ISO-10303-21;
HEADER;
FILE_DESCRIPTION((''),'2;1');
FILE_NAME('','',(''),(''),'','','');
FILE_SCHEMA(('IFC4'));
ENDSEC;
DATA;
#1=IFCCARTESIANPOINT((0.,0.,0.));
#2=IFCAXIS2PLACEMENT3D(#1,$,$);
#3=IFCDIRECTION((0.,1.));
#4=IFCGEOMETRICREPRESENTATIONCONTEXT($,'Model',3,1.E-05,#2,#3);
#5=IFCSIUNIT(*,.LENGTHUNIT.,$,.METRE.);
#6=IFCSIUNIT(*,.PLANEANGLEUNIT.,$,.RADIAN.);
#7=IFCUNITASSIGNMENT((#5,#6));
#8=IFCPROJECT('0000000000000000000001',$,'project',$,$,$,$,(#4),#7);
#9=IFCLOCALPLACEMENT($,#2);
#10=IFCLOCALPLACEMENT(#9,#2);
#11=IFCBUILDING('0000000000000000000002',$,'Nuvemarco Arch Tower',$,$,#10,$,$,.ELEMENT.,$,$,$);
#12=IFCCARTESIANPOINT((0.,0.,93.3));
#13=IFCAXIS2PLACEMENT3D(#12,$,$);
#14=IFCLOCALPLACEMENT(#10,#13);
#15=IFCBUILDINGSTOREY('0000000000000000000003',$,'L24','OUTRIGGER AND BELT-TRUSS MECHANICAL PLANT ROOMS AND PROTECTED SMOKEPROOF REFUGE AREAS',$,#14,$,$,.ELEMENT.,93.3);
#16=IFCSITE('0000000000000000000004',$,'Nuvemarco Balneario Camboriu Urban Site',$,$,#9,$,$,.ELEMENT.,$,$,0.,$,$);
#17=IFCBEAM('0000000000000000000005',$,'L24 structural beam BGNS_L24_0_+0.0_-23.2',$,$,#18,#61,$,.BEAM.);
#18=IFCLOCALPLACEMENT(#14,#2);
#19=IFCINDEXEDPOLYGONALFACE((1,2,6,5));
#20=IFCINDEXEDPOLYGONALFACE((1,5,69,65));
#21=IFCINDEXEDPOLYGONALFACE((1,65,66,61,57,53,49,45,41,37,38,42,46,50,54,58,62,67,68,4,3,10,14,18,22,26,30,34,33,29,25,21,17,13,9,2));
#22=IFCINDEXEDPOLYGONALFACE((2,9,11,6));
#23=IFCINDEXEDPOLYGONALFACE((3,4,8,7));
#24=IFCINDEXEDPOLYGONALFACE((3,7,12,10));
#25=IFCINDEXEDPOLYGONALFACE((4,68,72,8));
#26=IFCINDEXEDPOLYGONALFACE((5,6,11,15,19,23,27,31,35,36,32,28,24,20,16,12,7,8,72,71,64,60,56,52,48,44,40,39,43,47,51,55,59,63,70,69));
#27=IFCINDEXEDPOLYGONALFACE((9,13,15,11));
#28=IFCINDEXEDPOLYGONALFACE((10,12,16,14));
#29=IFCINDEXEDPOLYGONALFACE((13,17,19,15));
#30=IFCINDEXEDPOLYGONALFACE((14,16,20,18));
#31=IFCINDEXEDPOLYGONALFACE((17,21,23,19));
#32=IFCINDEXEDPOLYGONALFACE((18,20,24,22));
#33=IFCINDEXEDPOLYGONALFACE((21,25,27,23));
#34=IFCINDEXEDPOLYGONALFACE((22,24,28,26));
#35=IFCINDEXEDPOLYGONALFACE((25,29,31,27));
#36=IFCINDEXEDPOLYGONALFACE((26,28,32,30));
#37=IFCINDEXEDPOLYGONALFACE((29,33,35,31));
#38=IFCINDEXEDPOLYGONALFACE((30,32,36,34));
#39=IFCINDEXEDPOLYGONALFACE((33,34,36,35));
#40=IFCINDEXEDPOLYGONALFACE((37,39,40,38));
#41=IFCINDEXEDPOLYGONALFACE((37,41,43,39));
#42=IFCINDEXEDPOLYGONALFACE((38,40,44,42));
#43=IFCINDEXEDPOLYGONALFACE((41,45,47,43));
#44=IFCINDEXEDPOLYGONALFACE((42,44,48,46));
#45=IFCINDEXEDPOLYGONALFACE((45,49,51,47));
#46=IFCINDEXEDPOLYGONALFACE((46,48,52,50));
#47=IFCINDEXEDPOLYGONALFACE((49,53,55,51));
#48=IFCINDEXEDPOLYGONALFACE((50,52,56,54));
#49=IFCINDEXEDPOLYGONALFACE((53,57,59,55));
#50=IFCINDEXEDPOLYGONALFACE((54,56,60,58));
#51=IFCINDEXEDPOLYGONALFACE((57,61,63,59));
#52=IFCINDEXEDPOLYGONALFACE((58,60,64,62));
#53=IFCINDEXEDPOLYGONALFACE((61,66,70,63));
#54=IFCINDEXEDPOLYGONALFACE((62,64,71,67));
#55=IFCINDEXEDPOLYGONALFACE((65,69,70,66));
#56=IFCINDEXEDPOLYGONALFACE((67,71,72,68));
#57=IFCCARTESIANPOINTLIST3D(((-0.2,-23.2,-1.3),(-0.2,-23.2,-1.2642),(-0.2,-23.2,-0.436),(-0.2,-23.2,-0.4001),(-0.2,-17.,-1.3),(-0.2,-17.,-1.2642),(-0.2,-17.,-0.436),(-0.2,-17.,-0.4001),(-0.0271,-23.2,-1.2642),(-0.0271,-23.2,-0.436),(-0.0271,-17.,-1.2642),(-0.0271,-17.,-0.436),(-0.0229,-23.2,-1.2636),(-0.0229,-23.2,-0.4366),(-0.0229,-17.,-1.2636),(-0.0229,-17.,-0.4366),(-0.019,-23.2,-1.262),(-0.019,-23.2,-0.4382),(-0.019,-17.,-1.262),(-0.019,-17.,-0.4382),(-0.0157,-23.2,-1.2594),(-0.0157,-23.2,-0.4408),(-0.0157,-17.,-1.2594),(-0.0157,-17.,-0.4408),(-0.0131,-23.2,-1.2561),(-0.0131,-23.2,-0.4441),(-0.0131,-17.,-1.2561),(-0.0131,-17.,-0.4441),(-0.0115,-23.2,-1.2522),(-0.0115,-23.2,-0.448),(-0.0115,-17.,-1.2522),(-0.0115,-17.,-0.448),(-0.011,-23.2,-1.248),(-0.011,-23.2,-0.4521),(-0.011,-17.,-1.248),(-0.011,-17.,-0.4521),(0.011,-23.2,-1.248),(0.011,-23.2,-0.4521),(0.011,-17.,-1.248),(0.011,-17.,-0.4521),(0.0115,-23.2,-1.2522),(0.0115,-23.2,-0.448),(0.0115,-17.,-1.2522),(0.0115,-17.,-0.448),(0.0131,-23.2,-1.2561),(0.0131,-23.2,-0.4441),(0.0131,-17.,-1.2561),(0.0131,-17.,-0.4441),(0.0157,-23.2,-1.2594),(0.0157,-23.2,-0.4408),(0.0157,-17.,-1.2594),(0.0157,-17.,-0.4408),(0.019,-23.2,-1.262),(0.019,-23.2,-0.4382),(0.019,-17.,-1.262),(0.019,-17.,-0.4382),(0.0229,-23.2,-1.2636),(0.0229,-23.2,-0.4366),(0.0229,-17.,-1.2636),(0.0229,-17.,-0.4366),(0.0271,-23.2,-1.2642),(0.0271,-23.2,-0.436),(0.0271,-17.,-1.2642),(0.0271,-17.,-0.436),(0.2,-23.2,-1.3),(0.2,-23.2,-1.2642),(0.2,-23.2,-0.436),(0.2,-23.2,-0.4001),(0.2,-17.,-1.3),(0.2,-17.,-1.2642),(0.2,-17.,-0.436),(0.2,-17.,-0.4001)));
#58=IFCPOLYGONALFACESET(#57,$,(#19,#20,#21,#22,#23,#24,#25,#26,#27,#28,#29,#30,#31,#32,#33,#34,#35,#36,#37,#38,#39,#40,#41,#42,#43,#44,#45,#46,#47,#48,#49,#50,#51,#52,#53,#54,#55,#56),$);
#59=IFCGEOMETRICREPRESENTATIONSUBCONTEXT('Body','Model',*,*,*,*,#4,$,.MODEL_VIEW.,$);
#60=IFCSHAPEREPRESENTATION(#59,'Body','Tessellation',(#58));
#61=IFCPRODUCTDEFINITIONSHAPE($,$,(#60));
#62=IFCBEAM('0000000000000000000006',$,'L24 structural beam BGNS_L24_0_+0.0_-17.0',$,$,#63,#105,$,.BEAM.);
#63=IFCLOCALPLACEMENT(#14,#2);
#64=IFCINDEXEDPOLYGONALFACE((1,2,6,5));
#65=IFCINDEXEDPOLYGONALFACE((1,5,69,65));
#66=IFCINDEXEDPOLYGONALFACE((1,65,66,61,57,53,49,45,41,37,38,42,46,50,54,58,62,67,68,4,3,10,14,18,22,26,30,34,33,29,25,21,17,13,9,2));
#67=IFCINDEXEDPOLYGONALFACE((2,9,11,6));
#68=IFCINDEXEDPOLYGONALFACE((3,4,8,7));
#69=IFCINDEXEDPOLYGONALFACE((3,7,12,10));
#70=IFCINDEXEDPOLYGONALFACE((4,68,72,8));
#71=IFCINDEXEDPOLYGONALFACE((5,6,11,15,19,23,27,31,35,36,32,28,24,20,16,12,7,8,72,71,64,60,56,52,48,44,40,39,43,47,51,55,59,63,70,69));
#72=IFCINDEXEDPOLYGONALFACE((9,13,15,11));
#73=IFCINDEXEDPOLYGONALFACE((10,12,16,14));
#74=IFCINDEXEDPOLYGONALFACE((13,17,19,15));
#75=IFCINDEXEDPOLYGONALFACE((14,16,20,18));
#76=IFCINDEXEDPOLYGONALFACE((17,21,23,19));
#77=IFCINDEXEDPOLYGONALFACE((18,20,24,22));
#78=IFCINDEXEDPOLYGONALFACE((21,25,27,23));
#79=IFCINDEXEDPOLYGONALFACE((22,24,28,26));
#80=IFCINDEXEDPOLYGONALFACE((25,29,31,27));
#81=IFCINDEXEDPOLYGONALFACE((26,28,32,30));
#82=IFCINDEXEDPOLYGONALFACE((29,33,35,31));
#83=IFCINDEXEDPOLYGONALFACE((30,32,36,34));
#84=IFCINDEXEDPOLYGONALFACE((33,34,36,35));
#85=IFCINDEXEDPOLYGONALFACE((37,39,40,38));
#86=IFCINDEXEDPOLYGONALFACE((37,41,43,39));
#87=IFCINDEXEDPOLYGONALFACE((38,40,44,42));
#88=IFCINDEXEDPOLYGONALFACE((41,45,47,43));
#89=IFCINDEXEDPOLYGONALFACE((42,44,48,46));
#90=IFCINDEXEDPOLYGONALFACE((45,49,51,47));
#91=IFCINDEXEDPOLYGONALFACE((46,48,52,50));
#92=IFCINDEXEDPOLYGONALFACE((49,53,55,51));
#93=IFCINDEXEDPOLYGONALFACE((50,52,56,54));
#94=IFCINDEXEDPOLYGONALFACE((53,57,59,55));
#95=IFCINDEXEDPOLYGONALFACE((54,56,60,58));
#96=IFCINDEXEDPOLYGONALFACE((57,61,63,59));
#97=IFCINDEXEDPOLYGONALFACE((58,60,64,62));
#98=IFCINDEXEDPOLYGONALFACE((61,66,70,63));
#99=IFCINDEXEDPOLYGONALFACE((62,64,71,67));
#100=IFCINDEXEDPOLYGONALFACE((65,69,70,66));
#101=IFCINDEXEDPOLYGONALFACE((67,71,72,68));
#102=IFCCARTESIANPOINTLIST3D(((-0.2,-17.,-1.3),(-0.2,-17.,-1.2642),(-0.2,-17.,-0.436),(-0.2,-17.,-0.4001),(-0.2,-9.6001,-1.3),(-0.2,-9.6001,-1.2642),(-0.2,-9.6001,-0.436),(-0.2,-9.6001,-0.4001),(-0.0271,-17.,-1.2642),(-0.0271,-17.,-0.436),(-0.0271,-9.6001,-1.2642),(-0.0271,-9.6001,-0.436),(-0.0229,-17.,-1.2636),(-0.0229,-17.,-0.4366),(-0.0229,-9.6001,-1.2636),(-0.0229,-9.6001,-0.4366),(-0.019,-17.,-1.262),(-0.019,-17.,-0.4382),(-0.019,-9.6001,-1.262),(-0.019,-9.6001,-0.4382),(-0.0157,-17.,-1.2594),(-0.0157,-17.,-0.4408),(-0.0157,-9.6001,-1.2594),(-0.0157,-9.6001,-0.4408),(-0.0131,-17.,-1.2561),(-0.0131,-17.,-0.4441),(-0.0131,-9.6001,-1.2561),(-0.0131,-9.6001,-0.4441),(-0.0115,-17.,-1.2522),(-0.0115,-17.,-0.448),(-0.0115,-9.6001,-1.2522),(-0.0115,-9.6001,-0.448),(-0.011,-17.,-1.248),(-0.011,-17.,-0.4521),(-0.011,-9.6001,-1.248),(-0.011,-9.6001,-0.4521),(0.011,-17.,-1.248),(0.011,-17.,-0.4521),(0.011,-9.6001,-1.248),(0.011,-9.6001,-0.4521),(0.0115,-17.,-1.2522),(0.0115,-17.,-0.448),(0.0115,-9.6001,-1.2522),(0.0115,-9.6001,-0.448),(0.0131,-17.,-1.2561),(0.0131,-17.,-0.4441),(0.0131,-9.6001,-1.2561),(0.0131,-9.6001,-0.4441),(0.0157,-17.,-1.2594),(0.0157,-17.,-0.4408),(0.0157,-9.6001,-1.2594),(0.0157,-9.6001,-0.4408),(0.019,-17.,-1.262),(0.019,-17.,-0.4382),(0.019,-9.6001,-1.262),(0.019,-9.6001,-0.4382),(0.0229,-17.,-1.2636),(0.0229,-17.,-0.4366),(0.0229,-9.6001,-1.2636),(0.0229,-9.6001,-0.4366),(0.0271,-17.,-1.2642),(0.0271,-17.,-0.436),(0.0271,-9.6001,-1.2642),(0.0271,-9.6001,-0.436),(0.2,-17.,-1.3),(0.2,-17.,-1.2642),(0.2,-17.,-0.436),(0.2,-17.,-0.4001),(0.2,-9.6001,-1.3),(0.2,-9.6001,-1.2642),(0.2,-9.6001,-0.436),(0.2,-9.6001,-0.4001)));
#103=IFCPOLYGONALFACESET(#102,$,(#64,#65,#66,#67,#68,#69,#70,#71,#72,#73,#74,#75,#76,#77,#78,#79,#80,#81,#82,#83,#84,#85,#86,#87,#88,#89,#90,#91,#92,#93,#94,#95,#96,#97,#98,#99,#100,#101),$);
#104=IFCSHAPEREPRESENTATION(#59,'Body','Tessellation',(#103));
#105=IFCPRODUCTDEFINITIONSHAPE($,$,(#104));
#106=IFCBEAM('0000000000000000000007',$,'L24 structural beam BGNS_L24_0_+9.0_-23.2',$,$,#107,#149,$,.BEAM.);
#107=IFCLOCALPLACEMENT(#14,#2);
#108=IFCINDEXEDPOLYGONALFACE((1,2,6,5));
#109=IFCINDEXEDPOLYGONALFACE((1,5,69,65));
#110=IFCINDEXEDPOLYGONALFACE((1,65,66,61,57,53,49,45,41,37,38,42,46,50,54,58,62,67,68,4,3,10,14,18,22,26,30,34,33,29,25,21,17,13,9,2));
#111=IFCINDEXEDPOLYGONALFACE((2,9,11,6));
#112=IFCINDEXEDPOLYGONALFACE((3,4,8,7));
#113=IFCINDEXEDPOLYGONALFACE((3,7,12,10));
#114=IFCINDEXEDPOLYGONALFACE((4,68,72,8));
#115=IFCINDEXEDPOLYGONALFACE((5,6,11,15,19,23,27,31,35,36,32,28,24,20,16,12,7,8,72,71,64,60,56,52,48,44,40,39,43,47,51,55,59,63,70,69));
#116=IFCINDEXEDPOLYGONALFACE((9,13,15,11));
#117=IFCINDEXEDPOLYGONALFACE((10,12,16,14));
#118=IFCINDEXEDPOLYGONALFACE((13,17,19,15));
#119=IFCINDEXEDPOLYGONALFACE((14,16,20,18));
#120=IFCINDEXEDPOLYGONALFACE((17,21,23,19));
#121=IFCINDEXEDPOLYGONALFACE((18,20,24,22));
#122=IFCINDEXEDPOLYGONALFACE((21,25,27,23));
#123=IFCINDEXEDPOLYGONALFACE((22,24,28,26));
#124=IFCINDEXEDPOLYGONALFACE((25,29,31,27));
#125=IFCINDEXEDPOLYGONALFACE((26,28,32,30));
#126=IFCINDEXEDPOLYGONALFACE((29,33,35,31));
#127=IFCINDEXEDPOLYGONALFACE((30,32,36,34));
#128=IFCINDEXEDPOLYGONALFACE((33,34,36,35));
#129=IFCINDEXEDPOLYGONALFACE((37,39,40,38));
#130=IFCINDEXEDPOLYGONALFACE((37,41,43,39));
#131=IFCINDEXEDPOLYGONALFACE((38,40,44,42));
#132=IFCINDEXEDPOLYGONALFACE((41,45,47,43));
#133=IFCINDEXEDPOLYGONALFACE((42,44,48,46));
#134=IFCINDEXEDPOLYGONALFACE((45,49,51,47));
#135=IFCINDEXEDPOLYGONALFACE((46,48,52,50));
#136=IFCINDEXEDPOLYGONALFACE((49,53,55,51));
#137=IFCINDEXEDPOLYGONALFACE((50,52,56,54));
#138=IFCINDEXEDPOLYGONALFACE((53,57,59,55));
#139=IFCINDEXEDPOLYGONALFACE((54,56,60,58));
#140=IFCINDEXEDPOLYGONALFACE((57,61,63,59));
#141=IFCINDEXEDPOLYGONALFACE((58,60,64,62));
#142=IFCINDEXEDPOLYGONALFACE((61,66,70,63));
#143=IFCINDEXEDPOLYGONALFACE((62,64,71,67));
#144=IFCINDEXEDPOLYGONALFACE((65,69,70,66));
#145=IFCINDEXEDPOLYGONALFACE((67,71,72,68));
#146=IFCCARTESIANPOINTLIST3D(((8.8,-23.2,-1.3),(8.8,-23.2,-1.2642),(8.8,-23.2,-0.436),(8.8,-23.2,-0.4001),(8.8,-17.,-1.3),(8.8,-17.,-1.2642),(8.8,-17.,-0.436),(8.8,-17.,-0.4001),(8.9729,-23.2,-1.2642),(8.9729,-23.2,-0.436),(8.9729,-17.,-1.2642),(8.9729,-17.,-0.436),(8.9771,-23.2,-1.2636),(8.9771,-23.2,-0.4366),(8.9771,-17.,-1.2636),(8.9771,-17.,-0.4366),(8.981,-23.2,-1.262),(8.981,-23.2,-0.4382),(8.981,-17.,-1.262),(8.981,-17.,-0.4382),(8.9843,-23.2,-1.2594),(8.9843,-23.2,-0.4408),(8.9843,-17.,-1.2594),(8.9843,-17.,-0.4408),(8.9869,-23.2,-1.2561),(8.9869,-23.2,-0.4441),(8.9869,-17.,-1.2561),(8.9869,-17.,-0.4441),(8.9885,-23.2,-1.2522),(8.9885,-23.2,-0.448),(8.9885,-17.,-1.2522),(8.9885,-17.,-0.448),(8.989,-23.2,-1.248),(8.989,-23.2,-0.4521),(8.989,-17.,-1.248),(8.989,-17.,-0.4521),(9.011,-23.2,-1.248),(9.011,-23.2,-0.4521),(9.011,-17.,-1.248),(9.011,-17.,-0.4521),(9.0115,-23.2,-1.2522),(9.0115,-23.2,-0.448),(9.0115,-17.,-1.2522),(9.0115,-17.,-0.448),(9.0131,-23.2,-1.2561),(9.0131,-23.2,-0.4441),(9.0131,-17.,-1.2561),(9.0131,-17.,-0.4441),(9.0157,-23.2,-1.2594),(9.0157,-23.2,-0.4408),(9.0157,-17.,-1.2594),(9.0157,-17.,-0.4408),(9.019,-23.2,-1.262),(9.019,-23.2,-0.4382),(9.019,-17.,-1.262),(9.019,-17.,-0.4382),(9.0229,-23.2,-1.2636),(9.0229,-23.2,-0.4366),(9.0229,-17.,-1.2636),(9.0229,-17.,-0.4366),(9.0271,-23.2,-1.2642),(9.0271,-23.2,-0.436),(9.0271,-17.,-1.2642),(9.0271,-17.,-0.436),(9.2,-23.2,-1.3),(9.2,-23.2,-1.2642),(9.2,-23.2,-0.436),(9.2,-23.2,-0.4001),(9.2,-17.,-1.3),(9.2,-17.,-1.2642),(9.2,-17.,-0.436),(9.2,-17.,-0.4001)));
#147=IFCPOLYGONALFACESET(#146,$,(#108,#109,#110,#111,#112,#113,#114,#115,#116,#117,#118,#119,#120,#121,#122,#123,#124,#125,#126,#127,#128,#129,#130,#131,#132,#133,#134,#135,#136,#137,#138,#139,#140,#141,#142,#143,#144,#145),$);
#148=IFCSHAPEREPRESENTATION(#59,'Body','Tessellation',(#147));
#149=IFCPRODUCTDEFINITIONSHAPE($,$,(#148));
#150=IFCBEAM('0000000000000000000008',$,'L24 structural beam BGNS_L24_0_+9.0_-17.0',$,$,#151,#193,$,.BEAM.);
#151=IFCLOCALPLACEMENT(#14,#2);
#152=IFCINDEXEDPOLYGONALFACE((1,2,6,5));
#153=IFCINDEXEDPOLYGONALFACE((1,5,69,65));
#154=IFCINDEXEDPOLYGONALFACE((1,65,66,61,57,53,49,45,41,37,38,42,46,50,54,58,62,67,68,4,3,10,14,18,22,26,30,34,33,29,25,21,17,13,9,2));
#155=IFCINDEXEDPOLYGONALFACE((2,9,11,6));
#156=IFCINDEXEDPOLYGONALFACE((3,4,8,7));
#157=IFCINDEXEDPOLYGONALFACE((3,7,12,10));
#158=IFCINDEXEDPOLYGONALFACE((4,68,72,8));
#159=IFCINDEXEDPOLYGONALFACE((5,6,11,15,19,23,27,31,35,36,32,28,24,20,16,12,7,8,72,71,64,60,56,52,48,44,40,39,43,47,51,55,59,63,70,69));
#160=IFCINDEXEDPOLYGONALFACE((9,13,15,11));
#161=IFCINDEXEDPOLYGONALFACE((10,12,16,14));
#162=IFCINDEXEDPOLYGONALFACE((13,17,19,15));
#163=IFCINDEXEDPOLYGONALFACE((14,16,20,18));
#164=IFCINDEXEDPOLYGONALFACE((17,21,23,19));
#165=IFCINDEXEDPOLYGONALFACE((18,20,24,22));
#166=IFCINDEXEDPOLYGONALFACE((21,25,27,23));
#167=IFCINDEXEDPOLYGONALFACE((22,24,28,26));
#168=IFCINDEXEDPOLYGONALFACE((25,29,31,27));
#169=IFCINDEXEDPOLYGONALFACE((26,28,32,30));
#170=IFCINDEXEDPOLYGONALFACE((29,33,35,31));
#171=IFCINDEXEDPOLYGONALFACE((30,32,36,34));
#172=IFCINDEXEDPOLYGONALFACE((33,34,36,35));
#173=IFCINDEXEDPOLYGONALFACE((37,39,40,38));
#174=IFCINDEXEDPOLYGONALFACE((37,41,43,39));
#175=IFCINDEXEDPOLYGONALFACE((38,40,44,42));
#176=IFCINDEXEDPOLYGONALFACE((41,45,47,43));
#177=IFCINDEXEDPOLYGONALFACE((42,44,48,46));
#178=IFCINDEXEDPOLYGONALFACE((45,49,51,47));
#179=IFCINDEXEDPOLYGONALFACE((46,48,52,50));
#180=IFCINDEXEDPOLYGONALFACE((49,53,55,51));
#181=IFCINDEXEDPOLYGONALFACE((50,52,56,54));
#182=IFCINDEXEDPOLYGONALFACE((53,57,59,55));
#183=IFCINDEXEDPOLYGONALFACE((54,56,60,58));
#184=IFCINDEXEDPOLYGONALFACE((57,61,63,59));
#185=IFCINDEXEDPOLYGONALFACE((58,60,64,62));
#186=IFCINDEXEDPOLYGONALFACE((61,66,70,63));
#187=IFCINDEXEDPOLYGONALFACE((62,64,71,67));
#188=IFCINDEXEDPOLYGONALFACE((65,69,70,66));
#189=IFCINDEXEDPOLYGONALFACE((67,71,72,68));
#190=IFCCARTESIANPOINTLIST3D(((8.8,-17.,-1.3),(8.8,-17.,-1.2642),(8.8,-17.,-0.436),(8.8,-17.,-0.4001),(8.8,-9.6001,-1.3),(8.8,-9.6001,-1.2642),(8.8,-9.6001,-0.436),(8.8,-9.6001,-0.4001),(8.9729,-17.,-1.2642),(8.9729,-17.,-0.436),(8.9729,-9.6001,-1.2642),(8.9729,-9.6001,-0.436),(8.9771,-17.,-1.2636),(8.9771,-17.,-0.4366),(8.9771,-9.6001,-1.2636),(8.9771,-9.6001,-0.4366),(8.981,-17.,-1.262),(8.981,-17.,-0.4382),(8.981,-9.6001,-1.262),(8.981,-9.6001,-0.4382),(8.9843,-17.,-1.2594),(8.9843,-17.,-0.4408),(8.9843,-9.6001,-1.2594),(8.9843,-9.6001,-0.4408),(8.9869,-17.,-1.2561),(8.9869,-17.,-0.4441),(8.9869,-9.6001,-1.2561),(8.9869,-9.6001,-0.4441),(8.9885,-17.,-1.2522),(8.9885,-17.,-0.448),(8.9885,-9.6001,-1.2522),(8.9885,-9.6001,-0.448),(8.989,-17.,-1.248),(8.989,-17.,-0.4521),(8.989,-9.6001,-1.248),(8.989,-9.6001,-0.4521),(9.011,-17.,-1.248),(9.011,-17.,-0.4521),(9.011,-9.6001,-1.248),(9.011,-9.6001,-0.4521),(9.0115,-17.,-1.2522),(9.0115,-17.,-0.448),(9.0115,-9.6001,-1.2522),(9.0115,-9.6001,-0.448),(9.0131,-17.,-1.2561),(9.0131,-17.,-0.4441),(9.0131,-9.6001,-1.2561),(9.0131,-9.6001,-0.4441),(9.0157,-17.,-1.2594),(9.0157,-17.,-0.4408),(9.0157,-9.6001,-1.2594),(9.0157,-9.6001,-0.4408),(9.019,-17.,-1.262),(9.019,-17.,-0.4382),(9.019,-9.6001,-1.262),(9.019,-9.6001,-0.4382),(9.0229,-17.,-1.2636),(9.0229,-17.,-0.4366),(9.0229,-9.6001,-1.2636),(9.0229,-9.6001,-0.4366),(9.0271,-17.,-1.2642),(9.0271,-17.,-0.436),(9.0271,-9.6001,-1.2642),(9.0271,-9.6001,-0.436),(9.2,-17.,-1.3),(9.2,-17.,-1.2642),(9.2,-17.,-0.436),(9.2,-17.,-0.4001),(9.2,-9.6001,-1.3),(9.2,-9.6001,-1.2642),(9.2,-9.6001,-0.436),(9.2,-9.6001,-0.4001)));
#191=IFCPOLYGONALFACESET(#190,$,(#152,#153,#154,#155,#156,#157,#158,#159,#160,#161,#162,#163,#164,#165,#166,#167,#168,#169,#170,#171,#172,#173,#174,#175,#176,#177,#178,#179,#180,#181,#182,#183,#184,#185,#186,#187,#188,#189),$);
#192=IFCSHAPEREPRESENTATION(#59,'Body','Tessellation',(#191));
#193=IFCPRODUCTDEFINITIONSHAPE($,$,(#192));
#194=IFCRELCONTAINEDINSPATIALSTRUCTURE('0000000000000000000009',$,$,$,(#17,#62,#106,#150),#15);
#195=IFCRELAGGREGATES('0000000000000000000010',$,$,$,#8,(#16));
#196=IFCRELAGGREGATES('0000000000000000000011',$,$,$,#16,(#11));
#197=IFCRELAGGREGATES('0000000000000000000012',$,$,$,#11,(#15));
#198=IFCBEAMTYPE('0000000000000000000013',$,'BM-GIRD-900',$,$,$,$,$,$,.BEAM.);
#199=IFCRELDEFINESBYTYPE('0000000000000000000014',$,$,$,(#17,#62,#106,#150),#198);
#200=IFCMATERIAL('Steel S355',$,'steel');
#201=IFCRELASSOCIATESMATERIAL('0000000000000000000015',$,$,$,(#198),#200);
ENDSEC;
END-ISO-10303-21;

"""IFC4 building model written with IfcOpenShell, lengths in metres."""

from ifc_helpers import new_model, si_unit, direction, frame, origin, origin_2d, place, context, subcontext, project, spatial, i_section, extrude, material, material_profile, profile_set, type_object, element, save


model = new_model("IFC4")

# Units and contexts
model_context = context("Model", 3, precision=1e-05, world=origin(), true_north=direction((0.0, 1.0)))
body_context = subcontext(model_context, "Body", "Model", "MODEL_VIEW")
ifc_project = project(units=[si_unit("LENGTHUNIT", "METRE"), si_unit("PLANEANGLEUNIT", "RADIAN")], contexts=[model_context])

# Site, building, storey
site_placement = place(None, origin())
site = spatial("IfcSite", under=ifc_project, at=site_placement, Name="Nuvemarco Balneario Camboriu Urban Site", CompositionType="ELEMENT", RefElevation=0.0)
building_placement = place(site_placement, origin())
building = spatial("IfcBuilding", under=site, at=building_placement, Name="Nuvemarco Arch Tower", CompositionType="ELEMENT")
storey_placement = place(building_placement, frame((0.0, 0.0, 93.3)))
storey = spatial("IfcBuildingStorey", under=building, at=storey_placement, Name="L24", Description="OUTRIGGER AND BELT-TRUSS MECHANICAL PLANT ROOMS AND PROTECTED SMOKEPROOF REFUGE AREAS", CompositionType="ELEMENT", Elevation=93.3)

# Shared definitions
ifc_material_1 = material(Name="Steel S355", Category="steel")

# Beams
ifc_material_profile_1 = material_profile(ifc_material_1, i_section(OverallWidth=0.3999, OverallDepth=0.8999, WebThickness=0.022, FlangeThickness=0.0359, FilletRadius=0.0161, at=origin_2d()), Name="PG900x400")
ifc_profile_set_1 = profile_set([ifc_material_profile_1], Name="Steel S355")
beam_type_1 = type_object("IfcBeamType", Name="BM-GIRD-900", PredefinedType="BEAM", material=ifc_profile_set_1)
beam_1_placement = place(storey_placement, frame((0.0, -23.2, -0.8501), z_axis=(0.0, 1.0, 0.0), x_axis=(-1.0, 0.0, 0.0)))
element("IfcBeam", 1, at=beam_1_placement, inside=storey, type_object=beam_type_1, Name="L24 structural beam BGNS_L24_0_+0.0_-23.2", PredefinedType="BEAM", context=body_context, shape_type="SweptSolid", body=[
    extrude(i_section(OverallWidth=0.3999, OverallDepth=0.8999, WebThickness=0.022, FlangeThickness=0.0359, FilletRadius=0.0161, at=origin_2d()), origin(), (0.0, 0.0, 1.0), 6.2),
])
beam_2_placement = place(storey_placement, frame((0.0, -17.0, -0.8501), z_axis=(0.0, 1.0, 0.0), x_axis=(-1.0, 0.0, 0.0)))
element("IfcBeam", 2, at=beam_2_placement, inside=storey, type_object=beam_type_1, Name="L24 structural beam BGNS_L24_0_+0.0_-17.0", PredefinedType="BEAM", context=body_context, shape_type="SweptSolid", body=[
    extrude(i_section(OverallWidth=0.3999, OverallDepth=0.8999, WebThickness=0.022, FlangeThickness=0.0359, FilletRadius=0.0161, at=origin_2d()), origin(), (0.0, 0.0, 1.0), 7.3999),
])
beam_3_placement = place(storey_placement, frame((9.0, -23.2, -0.8501), z_axis=(0.0, 1.0, 0.0), x_axis=(-1.0, 0.0, 0.0)))
element("IfcBeam", 3, at=beam_3_placement, inside=storey, type_object=beam_type_1, Name="L24 structural beam BGNS_L24_0_+9.0_-23.2", PredefinedType="BEAM", context=body_context, shape_type="SweptSolid", body=[
    extrude(i_section(OverallWidth=0.3999, OverallDepth=0.8999, WebThickness=0.022, FlangeThickness=0.0359, FilletRadius=0.0161, at=origin_2d()), origin(), (0.0, 0.0, 1.0), 6.2),
])
beam_4_placement = place(storey_placement, frame((9.0, -17.0, -0.8501), z_axis=(0.0, 1.0, 0.0), x_axis=(-1.0, 0.0, 0.0)))
element("IfcBeam", 4, at=beam_4_placement, inside=storey, type_object=beam_type_1, Name="L24 structural beam BGNS_L24_0_+9.0_-17.0", PredefinedType="BEAM", context=body_context, shape_type="SweptSolid", body=[
    extrude(i_section(OverallWidth=0.3999, OverallDepth=0.8999, WebThickness=0.022, FlangeThickness=0.0359, FilletRadius=0.0161, at=origin_2d()), origin(), (0.0, 0.0, 1.0), 7.3999),
])

save(model, "model.ifc")
